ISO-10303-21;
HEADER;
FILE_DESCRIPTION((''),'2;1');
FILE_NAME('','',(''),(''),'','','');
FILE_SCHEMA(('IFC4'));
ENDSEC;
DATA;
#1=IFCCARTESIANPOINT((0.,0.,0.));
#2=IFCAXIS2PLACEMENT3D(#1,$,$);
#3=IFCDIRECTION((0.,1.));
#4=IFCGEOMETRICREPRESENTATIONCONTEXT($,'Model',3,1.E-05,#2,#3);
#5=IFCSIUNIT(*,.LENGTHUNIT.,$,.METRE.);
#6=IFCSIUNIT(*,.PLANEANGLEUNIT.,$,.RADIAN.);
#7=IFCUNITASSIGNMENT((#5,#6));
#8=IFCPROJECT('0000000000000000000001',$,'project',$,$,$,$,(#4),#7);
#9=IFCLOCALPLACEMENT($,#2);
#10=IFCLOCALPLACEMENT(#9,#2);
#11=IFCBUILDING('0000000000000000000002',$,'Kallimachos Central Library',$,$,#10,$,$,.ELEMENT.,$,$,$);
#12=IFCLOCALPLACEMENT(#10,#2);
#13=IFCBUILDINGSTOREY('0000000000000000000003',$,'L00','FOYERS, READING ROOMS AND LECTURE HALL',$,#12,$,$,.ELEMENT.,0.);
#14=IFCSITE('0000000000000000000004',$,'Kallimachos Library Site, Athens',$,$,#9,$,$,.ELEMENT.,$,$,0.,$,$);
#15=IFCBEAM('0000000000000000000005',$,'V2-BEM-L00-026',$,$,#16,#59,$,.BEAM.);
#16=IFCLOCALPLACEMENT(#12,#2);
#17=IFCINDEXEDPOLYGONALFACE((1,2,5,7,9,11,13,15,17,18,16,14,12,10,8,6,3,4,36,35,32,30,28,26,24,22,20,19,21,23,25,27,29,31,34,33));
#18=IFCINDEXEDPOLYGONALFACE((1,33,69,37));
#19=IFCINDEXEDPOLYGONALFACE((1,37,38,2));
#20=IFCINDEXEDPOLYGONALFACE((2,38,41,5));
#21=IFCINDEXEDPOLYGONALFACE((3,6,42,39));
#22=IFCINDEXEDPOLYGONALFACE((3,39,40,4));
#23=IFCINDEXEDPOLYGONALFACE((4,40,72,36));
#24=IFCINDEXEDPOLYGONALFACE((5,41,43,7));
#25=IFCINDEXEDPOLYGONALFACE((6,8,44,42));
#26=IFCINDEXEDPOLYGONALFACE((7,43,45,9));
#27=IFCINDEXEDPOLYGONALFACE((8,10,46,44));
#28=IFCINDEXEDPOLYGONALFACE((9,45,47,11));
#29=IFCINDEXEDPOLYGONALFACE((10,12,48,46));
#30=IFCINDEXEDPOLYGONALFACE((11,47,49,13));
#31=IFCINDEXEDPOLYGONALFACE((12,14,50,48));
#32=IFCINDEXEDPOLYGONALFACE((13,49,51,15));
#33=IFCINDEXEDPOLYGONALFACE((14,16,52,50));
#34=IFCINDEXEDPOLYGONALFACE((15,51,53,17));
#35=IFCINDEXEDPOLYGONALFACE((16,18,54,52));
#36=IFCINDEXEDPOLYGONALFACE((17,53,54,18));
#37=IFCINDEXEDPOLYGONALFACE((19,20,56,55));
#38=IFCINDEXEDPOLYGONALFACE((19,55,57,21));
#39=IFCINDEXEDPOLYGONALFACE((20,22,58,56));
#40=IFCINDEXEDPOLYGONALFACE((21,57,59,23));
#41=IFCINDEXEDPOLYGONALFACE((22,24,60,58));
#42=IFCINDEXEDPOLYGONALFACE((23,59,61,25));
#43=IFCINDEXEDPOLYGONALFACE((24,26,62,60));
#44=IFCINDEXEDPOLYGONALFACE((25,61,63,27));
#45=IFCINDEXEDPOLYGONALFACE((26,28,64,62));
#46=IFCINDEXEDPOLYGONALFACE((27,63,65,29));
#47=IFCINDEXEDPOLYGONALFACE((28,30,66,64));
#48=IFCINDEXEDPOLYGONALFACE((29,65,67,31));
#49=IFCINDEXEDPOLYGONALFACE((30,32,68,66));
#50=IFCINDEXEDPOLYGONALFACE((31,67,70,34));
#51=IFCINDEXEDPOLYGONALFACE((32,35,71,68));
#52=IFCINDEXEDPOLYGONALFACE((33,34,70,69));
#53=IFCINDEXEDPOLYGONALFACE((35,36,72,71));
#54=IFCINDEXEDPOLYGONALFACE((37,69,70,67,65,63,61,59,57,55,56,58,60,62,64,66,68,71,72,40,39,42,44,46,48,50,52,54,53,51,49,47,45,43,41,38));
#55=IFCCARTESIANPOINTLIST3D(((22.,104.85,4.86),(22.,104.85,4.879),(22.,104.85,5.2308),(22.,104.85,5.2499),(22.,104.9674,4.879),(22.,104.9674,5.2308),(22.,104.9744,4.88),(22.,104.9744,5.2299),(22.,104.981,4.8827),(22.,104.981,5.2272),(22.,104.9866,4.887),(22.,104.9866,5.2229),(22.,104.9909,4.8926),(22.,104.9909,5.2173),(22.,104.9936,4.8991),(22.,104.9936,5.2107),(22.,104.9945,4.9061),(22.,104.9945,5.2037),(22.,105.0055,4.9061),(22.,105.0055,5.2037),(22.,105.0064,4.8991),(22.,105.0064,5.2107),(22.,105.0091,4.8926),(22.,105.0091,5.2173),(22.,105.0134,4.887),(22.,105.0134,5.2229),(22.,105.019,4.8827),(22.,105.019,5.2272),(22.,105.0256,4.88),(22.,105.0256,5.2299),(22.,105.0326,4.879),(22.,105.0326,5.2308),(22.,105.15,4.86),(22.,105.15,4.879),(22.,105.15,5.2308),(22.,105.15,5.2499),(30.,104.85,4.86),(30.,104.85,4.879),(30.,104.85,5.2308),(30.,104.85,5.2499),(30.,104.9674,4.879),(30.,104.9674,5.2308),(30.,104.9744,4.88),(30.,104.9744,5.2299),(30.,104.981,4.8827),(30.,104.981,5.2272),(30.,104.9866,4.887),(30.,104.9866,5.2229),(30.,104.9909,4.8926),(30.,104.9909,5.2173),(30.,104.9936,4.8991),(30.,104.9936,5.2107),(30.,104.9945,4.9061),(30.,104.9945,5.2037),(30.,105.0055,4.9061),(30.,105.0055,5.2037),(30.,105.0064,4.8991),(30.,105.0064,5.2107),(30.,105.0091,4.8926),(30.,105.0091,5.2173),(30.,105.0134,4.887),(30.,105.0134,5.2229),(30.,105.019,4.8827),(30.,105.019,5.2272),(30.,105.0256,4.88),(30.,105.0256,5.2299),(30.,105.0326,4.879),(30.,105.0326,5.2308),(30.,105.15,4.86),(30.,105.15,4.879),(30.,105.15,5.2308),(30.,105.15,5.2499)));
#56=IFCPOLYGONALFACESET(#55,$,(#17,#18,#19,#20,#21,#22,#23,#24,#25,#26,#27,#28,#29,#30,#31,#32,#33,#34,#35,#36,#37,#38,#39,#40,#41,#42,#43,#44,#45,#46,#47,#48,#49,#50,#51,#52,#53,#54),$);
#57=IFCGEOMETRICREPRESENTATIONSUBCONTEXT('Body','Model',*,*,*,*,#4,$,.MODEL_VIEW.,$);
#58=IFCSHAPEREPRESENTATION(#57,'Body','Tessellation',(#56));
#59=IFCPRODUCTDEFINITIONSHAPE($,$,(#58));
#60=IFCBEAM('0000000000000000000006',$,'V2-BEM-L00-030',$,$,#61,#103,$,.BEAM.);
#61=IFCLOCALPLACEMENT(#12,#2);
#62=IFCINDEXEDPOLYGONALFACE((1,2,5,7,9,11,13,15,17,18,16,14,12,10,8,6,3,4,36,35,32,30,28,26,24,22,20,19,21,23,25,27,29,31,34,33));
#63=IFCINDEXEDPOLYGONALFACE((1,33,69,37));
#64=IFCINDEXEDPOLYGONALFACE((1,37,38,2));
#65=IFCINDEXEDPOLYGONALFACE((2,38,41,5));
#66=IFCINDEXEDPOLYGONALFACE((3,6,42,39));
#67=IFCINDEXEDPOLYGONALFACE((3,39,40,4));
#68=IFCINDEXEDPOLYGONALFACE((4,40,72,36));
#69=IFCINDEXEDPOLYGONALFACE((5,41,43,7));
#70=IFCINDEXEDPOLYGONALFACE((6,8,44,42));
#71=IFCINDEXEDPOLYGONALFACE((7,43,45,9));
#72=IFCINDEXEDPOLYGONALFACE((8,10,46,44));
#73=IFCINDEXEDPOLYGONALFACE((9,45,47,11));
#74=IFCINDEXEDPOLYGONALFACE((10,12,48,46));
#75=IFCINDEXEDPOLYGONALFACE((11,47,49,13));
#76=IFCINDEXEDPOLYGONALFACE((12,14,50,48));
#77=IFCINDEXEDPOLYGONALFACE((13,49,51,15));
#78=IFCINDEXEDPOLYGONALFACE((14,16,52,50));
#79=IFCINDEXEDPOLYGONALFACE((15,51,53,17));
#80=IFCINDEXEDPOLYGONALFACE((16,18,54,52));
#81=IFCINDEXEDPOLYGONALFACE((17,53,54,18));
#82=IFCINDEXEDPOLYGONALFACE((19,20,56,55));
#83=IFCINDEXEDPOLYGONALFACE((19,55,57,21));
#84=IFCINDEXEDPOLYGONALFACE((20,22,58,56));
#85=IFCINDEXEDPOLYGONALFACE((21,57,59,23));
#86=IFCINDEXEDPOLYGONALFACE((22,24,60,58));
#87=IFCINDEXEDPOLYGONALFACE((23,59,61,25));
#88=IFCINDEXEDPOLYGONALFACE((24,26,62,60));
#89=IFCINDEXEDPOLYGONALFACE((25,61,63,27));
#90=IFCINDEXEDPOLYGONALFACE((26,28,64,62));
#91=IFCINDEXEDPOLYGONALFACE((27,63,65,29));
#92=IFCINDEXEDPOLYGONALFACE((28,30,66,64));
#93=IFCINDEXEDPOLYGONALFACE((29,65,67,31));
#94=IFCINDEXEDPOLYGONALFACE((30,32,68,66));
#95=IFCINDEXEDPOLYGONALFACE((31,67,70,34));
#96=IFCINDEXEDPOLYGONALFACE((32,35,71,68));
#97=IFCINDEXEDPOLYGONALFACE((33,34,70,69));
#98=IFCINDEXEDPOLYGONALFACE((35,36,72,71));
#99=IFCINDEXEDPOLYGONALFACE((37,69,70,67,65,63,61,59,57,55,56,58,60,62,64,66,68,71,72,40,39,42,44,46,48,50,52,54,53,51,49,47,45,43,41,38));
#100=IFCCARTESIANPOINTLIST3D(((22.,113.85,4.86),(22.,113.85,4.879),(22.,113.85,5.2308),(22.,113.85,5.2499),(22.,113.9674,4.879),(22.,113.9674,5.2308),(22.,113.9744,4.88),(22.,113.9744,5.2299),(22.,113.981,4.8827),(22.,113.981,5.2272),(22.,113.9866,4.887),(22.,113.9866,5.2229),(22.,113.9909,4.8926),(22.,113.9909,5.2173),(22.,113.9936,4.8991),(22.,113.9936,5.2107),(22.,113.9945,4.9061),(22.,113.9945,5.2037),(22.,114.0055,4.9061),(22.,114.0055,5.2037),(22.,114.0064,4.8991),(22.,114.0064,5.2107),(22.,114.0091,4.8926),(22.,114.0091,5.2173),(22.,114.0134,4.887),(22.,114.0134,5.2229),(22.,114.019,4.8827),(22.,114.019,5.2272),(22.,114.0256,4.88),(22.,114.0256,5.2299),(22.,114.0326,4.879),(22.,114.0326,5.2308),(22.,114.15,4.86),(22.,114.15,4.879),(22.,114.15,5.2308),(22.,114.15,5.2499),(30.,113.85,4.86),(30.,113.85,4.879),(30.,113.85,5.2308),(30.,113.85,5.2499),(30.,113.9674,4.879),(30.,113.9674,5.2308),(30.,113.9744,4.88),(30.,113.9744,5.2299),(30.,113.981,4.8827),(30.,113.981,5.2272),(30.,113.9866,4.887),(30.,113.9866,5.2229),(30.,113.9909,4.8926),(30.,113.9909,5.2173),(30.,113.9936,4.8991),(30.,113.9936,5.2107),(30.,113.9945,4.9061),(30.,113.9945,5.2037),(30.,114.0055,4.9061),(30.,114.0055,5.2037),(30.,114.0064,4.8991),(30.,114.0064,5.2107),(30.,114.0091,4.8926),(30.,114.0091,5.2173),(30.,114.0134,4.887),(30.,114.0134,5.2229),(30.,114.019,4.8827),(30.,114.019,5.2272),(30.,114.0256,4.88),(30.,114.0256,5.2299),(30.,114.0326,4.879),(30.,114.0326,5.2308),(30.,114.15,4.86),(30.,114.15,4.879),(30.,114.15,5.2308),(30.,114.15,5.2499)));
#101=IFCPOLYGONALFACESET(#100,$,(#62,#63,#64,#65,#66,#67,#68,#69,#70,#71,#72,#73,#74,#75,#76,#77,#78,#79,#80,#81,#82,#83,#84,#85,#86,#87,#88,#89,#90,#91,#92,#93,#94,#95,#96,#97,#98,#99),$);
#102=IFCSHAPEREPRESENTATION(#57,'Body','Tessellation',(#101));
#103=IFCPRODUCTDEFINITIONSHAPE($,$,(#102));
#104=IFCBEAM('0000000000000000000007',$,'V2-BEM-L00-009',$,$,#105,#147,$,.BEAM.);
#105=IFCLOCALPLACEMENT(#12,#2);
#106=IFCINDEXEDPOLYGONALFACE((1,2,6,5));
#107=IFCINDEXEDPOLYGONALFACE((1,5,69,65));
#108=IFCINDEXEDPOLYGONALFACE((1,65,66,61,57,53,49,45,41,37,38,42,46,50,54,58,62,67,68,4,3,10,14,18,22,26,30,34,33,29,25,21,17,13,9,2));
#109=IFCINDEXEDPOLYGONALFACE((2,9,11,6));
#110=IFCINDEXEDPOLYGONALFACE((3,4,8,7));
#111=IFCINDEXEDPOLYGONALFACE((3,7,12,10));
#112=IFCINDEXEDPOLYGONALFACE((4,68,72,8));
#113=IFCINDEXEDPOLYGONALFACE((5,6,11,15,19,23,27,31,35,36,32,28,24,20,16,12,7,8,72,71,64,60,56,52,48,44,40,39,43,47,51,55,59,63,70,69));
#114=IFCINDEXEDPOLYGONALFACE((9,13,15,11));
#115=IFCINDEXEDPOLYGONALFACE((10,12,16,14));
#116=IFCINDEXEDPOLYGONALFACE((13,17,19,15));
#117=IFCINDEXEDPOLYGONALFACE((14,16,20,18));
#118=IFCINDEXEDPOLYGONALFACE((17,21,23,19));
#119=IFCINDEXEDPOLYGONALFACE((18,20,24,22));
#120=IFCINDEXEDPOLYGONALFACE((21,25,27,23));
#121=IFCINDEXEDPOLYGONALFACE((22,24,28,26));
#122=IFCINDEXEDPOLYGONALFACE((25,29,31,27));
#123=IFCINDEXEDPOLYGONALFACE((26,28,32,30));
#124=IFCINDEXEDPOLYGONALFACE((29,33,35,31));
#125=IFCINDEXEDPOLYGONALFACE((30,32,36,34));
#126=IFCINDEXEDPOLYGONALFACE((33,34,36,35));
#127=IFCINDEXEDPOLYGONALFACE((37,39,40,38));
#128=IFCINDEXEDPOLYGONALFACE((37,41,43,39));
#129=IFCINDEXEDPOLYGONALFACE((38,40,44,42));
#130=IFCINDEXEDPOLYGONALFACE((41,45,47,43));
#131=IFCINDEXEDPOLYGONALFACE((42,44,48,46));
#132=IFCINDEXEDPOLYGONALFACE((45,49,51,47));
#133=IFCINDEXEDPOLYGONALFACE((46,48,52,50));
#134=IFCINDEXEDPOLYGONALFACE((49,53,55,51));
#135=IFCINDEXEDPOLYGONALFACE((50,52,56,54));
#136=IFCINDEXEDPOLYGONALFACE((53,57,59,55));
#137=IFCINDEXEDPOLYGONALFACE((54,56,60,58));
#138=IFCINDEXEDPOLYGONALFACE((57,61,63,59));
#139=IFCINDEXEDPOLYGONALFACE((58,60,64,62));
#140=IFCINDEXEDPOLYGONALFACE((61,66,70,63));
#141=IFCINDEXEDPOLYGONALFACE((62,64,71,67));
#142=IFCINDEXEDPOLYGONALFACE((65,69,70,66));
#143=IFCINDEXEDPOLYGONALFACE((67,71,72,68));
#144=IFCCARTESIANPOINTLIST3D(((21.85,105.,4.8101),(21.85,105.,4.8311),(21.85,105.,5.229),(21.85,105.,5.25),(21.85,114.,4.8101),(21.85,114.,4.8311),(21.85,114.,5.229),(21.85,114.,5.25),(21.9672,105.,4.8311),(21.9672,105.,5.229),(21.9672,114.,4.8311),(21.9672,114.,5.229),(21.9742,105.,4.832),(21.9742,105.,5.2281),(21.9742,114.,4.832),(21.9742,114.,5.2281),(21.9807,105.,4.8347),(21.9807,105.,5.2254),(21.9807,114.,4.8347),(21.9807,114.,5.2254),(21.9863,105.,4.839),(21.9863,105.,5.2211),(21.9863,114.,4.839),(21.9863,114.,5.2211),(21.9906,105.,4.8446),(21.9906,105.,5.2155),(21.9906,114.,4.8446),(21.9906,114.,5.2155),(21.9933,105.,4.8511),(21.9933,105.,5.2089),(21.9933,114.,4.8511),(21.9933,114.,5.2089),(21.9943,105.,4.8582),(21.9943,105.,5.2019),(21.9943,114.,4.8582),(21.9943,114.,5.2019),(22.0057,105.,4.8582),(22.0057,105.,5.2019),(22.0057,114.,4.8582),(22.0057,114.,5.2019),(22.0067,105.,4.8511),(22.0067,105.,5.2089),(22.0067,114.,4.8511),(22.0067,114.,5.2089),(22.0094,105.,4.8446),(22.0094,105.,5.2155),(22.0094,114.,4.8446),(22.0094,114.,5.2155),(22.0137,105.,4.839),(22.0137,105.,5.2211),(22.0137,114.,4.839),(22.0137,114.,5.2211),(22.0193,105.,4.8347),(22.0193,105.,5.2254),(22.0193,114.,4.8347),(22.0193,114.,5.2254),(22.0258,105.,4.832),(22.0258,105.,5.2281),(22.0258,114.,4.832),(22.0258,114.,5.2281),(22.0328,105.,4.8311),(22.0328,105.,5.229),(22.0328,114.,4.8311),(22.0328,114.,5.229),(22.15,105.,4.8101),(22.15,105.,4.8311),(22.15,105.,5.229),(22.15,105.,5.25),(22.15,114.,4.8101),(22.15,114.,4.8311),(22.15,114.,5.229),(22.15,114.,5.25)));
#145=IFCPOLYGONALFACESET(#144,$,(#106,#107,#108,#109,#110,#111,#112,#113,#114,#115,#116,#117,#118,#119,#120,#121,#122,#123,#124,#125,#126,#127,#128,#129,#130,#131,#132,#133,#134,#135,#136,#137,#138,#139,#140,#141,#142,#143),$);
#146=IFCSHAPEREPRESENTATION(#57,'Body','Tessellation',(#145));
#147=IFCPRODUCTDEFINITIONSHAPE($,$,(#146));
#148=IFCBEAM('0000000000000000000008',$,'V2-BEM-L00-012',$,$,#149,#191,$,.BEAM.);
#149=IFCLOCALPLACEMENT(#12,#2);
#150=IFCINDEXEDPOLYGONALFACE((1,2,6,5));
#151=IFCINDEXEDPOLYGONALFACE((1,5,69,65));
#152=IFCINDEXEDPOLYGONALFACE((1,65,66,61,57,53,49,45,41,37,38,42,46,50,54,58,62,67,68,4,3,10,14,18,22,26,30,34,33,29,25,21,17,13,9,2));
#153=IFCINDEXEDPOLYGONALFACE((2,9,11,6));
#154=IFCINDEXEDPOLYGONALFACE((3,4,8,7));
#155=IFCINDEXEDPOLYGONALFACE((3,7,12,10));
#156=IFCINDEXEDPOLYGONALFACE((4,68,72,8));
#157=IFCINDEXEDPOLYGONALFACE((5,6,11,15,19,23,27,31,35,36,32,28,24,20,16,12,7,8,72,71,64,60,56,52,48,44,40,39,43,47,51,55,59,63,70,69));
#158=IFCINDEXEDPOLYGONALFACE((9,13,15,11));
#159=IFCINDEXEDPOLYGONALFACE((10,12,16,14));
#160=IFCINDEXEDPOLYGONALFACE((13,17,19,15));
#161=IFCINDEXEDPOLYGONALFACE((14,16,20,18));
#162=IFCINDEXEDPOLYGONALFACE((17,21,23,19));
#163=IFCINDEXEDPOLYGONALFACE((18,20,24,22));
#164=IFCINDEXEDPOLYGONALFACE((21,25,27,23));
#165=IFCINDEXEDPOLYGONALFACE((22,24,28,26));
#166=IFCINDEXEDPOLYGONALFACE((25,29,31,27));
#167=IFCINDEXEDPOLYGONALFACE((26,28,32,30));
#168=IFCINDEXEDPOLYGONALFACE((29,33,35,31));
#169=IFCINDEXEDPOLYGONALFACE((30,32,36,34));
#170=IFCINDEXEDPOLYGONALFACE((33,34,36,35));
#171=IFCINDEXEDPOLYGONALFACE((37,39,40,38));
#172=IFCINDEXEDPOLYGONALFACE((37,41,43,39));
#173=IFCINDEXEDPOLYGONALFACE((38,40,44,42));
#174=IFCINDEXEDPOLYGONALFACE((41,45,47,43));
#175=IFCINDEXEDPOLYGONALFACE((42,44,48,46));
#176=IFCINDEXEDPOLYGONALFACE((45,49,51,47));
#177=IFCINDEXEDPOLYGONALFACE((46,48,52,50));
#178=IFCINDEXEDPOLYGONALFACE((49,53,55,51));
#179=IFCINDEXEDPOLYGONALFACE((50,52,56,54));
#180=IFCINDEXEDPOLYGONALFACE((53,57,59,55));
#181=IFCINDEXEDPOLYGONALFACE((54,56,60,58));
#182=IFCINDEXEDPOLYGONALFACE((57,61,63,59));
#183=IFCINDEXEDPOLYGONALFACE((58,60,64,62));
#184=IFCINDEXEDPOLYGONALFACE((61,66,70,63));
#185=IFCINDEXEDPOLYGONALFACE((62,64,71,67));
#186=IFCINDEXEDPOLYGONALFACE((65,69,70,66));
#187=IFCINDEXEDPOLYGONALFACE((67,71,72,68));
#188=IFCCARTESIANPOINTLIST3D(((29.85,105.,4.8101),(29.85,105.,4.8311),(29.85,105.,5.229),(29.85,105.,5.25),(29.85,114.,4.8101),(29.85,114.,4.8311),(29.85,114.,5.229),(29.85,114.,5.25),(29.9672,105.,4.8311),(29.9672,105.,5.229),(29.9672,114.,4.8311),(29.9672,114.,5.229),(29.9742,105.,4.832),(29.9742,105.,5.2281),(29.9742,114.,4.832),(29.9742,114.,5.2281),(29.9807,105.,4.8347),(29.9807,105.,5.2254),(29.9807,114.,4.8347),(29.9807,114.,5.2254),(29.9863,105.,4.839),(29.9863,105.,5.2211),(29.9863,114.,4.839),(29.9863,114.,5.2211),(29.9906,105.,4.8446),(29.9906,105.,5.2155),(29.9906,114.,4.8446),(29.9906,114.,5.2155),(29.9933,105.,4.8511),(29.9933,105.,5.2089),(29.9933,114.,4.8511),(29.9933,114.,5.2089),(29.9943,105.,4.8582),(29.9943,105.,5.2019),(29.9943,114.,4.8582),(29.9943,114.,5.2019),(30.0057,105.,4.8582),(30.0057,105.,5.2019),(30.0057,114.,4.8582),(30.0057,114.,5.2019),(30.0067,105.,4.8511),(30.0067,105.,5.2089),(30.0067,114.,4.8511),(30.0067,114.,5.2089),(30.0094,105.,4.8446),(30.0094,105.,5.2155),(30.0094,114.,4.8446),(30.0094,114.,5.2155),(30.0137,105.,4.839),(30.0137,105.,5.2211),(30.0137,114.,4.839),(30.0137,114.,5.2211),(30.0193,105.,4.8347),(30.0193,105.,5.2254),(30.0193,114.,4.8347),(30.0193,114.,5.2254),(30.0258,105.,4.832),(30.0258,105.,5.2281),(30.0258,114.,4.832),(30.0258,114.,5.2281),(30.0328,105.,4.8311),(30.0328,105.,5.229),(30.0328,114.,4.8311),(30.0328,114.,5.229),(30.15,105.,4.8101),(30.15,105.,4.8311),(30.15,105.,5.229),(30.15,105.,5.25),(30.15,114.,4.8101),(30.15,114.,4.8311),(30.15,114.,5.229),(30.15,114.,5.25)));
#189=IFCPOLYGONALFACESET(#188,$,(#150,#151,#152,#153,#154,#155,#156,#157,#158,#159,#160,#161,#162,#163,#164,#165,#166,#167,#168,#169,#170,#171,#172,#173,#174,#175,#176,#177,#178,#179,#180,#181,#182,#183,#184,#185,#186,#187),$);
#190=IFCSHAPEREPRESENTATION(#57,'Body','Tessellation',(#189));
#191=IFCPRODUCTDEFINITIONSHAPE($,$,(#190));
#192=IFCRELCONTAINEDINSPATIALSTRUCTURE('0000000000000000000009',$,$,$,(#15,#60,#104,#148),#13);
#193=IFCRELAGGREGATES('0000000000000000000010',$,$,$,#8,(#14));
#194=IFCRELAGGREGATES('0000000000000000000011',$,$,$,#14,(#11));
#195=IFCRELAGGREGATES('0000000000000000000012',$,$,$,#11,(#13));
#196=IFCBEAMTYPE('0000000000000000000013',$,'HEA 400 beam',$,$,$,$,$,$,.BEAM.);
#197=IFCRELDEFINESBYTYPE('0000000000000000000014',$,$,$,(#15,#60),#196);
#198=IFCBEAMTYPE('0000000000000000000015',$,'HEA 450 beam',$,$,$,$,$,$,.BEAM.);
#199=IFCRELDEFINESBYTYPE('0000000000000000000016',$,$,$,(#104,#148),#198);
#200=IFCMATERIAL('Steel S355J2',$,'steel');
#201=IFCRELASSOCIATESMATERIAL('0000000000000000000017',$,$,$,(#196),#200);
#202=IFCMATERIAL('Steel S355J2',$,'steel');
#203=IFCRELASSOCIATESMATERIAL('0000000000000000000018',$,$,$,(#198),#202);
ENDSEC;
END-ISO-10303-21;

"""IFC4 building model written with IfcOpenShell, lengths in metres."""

from ifc_helpers import new_model, si_unit, direction, frame, origin, origin_2d, place, context, subcontext, project, spatial, i_section, extrude, material, material_profile, profile_set, type_object, element, save


model = new_model("IFC4")

# Units and contexts
model_context = context("Model", 3, precision=1e-05, world=origin(), true_north=direction((0.0, 1.0)))
body_context = subcontext(model_context, "Body", "Model", "MODEL_VIEW")
ifc_project = project(units=[si_unit("LENGTHUNIT", "METRE"), si_unit("PLANEANGLEUNIT", "RADIAN")], contexts=[model_context])

# Site, building, storey
site_placement = place(None, origin())
site = spatial("IfcSite", under=ifc_project, at=site_placement, Name="Kallimachos Library Site, Athens", CompositionType="ELEMENT", RefElevation=0.0)
building_placement = place(site_placement, origin())
building = spatial("IfcBuilding", under=site, at=building_placement, Name="Kallimachos Central Library", CompositionType="ELEMENT")
storey_placement = place(building_placement, origin())
storey = spatial("IfcBuildingStorey", under=building, at=storey_placement, Name="L00", Description="FOYERS, READING ROOMS AND LECTURE HALL", CompositionType="ELEMENT", Elevation=0.0)

# Beams
ifc_material_1 = material(Name="Steel S355J2", Category="steel")
ifc_material_profile_1 = material_profile(ifc_material_1, i_section(OverallWidth=0.3, OverallDepth=0.3899, WebThickness=0.011, FlangeThickness=0.019, FilletRadius=0.0271, at=origin_2d()), Name="HEA 400")
ifc_profile_set_1 = profile_set([ifc_material_profile_1], Name="Steel S355J2")
beam_type_1 = type_object("IfcBeamType", Name="HEA 400 beam", PredefinedType="BEAM", material=ifc_profile_set_1)
for number, where, z_axis, x_axis, name in (
    (1, (22.0, 105.0, 5.0549), (1.0, 0.0, 0.0), (0.0, 1.0, 0.0), "V2-BEM-L00-026"),
    (2, (22.0, 114.0, 5.0549), (1.0, 0.0, 0.0), (0.0, 1.0, 0.0), "V2-BEM-L00-030"),
):
    element("IfcBeam", number, at=place(storey_placement, frame(where, z_axis=z_axis, x_axis=x_axis)), inside=storey, type_object=beam_type_1, Name=name, PredefinedType="BEAM", context=body_context, shape_type="SweptSolid", body=[
        extrude(i_section(OverallWidth=0.3, OverallDepth=0.3899, WebThickness=0.011, FlangeThickness=0.019, FilletRadius=0.0271, at=origin_2d()), origin(), (0.0, 0.0, 1.0), 8.0),
    ])
ifc_material_2 = material(Name="Steel S355J2", Category="steel")
ifc_material_profile_2 = material_profile(ifc_material_2, i_section(OverallWidth=0.3, OverallDepth=0.4399, WebThickness=0.0115, FlangeThickness=0.021, FilletRadius=0.0271, at=origin_2d()), Name="HEA 450")
ifc_profile_set_2 = profile_set([ifc_material_profile_2], Name="Steel S355J2")
beam_type_2 = type_object("IfcBeamType", Name="HEA 450 beam", PredefinedType="BEAM", material=ifc_profile_set_2)
for number, where, z_axis, x_axis, name in (
    (3, (22.0, 105.0, 5.03), (0.0, 1.0, 0.0), (-1.0, 0.0, 0.0), "V2-BEM-L00-009"),
    (4, (30.0, 105.0, 5.03), (0.0, 1.0, 0.0), (-1.0, 0.0, 0.0), "V2-BEM-L00-012"),
):
    element("IfcBeam", number, at=place(storey_placement, frame(where, z_axis=z_axis, x_axis=x_axis)), inside=storey, type_object=beam_type_2, Name=name, PredefinedType="BEAM", context=body_context, shape_type="SweptSolid", body=[
        extrude(i_section(OverallWidth=0.3, OverallDepth=0.4399, WebThickness=0.0115, FlangeThickness=0.021, FilletRadius=0.0271, at=origin_2d()), origin(), (0.0, 0.0, 1.0), 9.0),
    ])

save(model, "model.ifc")
